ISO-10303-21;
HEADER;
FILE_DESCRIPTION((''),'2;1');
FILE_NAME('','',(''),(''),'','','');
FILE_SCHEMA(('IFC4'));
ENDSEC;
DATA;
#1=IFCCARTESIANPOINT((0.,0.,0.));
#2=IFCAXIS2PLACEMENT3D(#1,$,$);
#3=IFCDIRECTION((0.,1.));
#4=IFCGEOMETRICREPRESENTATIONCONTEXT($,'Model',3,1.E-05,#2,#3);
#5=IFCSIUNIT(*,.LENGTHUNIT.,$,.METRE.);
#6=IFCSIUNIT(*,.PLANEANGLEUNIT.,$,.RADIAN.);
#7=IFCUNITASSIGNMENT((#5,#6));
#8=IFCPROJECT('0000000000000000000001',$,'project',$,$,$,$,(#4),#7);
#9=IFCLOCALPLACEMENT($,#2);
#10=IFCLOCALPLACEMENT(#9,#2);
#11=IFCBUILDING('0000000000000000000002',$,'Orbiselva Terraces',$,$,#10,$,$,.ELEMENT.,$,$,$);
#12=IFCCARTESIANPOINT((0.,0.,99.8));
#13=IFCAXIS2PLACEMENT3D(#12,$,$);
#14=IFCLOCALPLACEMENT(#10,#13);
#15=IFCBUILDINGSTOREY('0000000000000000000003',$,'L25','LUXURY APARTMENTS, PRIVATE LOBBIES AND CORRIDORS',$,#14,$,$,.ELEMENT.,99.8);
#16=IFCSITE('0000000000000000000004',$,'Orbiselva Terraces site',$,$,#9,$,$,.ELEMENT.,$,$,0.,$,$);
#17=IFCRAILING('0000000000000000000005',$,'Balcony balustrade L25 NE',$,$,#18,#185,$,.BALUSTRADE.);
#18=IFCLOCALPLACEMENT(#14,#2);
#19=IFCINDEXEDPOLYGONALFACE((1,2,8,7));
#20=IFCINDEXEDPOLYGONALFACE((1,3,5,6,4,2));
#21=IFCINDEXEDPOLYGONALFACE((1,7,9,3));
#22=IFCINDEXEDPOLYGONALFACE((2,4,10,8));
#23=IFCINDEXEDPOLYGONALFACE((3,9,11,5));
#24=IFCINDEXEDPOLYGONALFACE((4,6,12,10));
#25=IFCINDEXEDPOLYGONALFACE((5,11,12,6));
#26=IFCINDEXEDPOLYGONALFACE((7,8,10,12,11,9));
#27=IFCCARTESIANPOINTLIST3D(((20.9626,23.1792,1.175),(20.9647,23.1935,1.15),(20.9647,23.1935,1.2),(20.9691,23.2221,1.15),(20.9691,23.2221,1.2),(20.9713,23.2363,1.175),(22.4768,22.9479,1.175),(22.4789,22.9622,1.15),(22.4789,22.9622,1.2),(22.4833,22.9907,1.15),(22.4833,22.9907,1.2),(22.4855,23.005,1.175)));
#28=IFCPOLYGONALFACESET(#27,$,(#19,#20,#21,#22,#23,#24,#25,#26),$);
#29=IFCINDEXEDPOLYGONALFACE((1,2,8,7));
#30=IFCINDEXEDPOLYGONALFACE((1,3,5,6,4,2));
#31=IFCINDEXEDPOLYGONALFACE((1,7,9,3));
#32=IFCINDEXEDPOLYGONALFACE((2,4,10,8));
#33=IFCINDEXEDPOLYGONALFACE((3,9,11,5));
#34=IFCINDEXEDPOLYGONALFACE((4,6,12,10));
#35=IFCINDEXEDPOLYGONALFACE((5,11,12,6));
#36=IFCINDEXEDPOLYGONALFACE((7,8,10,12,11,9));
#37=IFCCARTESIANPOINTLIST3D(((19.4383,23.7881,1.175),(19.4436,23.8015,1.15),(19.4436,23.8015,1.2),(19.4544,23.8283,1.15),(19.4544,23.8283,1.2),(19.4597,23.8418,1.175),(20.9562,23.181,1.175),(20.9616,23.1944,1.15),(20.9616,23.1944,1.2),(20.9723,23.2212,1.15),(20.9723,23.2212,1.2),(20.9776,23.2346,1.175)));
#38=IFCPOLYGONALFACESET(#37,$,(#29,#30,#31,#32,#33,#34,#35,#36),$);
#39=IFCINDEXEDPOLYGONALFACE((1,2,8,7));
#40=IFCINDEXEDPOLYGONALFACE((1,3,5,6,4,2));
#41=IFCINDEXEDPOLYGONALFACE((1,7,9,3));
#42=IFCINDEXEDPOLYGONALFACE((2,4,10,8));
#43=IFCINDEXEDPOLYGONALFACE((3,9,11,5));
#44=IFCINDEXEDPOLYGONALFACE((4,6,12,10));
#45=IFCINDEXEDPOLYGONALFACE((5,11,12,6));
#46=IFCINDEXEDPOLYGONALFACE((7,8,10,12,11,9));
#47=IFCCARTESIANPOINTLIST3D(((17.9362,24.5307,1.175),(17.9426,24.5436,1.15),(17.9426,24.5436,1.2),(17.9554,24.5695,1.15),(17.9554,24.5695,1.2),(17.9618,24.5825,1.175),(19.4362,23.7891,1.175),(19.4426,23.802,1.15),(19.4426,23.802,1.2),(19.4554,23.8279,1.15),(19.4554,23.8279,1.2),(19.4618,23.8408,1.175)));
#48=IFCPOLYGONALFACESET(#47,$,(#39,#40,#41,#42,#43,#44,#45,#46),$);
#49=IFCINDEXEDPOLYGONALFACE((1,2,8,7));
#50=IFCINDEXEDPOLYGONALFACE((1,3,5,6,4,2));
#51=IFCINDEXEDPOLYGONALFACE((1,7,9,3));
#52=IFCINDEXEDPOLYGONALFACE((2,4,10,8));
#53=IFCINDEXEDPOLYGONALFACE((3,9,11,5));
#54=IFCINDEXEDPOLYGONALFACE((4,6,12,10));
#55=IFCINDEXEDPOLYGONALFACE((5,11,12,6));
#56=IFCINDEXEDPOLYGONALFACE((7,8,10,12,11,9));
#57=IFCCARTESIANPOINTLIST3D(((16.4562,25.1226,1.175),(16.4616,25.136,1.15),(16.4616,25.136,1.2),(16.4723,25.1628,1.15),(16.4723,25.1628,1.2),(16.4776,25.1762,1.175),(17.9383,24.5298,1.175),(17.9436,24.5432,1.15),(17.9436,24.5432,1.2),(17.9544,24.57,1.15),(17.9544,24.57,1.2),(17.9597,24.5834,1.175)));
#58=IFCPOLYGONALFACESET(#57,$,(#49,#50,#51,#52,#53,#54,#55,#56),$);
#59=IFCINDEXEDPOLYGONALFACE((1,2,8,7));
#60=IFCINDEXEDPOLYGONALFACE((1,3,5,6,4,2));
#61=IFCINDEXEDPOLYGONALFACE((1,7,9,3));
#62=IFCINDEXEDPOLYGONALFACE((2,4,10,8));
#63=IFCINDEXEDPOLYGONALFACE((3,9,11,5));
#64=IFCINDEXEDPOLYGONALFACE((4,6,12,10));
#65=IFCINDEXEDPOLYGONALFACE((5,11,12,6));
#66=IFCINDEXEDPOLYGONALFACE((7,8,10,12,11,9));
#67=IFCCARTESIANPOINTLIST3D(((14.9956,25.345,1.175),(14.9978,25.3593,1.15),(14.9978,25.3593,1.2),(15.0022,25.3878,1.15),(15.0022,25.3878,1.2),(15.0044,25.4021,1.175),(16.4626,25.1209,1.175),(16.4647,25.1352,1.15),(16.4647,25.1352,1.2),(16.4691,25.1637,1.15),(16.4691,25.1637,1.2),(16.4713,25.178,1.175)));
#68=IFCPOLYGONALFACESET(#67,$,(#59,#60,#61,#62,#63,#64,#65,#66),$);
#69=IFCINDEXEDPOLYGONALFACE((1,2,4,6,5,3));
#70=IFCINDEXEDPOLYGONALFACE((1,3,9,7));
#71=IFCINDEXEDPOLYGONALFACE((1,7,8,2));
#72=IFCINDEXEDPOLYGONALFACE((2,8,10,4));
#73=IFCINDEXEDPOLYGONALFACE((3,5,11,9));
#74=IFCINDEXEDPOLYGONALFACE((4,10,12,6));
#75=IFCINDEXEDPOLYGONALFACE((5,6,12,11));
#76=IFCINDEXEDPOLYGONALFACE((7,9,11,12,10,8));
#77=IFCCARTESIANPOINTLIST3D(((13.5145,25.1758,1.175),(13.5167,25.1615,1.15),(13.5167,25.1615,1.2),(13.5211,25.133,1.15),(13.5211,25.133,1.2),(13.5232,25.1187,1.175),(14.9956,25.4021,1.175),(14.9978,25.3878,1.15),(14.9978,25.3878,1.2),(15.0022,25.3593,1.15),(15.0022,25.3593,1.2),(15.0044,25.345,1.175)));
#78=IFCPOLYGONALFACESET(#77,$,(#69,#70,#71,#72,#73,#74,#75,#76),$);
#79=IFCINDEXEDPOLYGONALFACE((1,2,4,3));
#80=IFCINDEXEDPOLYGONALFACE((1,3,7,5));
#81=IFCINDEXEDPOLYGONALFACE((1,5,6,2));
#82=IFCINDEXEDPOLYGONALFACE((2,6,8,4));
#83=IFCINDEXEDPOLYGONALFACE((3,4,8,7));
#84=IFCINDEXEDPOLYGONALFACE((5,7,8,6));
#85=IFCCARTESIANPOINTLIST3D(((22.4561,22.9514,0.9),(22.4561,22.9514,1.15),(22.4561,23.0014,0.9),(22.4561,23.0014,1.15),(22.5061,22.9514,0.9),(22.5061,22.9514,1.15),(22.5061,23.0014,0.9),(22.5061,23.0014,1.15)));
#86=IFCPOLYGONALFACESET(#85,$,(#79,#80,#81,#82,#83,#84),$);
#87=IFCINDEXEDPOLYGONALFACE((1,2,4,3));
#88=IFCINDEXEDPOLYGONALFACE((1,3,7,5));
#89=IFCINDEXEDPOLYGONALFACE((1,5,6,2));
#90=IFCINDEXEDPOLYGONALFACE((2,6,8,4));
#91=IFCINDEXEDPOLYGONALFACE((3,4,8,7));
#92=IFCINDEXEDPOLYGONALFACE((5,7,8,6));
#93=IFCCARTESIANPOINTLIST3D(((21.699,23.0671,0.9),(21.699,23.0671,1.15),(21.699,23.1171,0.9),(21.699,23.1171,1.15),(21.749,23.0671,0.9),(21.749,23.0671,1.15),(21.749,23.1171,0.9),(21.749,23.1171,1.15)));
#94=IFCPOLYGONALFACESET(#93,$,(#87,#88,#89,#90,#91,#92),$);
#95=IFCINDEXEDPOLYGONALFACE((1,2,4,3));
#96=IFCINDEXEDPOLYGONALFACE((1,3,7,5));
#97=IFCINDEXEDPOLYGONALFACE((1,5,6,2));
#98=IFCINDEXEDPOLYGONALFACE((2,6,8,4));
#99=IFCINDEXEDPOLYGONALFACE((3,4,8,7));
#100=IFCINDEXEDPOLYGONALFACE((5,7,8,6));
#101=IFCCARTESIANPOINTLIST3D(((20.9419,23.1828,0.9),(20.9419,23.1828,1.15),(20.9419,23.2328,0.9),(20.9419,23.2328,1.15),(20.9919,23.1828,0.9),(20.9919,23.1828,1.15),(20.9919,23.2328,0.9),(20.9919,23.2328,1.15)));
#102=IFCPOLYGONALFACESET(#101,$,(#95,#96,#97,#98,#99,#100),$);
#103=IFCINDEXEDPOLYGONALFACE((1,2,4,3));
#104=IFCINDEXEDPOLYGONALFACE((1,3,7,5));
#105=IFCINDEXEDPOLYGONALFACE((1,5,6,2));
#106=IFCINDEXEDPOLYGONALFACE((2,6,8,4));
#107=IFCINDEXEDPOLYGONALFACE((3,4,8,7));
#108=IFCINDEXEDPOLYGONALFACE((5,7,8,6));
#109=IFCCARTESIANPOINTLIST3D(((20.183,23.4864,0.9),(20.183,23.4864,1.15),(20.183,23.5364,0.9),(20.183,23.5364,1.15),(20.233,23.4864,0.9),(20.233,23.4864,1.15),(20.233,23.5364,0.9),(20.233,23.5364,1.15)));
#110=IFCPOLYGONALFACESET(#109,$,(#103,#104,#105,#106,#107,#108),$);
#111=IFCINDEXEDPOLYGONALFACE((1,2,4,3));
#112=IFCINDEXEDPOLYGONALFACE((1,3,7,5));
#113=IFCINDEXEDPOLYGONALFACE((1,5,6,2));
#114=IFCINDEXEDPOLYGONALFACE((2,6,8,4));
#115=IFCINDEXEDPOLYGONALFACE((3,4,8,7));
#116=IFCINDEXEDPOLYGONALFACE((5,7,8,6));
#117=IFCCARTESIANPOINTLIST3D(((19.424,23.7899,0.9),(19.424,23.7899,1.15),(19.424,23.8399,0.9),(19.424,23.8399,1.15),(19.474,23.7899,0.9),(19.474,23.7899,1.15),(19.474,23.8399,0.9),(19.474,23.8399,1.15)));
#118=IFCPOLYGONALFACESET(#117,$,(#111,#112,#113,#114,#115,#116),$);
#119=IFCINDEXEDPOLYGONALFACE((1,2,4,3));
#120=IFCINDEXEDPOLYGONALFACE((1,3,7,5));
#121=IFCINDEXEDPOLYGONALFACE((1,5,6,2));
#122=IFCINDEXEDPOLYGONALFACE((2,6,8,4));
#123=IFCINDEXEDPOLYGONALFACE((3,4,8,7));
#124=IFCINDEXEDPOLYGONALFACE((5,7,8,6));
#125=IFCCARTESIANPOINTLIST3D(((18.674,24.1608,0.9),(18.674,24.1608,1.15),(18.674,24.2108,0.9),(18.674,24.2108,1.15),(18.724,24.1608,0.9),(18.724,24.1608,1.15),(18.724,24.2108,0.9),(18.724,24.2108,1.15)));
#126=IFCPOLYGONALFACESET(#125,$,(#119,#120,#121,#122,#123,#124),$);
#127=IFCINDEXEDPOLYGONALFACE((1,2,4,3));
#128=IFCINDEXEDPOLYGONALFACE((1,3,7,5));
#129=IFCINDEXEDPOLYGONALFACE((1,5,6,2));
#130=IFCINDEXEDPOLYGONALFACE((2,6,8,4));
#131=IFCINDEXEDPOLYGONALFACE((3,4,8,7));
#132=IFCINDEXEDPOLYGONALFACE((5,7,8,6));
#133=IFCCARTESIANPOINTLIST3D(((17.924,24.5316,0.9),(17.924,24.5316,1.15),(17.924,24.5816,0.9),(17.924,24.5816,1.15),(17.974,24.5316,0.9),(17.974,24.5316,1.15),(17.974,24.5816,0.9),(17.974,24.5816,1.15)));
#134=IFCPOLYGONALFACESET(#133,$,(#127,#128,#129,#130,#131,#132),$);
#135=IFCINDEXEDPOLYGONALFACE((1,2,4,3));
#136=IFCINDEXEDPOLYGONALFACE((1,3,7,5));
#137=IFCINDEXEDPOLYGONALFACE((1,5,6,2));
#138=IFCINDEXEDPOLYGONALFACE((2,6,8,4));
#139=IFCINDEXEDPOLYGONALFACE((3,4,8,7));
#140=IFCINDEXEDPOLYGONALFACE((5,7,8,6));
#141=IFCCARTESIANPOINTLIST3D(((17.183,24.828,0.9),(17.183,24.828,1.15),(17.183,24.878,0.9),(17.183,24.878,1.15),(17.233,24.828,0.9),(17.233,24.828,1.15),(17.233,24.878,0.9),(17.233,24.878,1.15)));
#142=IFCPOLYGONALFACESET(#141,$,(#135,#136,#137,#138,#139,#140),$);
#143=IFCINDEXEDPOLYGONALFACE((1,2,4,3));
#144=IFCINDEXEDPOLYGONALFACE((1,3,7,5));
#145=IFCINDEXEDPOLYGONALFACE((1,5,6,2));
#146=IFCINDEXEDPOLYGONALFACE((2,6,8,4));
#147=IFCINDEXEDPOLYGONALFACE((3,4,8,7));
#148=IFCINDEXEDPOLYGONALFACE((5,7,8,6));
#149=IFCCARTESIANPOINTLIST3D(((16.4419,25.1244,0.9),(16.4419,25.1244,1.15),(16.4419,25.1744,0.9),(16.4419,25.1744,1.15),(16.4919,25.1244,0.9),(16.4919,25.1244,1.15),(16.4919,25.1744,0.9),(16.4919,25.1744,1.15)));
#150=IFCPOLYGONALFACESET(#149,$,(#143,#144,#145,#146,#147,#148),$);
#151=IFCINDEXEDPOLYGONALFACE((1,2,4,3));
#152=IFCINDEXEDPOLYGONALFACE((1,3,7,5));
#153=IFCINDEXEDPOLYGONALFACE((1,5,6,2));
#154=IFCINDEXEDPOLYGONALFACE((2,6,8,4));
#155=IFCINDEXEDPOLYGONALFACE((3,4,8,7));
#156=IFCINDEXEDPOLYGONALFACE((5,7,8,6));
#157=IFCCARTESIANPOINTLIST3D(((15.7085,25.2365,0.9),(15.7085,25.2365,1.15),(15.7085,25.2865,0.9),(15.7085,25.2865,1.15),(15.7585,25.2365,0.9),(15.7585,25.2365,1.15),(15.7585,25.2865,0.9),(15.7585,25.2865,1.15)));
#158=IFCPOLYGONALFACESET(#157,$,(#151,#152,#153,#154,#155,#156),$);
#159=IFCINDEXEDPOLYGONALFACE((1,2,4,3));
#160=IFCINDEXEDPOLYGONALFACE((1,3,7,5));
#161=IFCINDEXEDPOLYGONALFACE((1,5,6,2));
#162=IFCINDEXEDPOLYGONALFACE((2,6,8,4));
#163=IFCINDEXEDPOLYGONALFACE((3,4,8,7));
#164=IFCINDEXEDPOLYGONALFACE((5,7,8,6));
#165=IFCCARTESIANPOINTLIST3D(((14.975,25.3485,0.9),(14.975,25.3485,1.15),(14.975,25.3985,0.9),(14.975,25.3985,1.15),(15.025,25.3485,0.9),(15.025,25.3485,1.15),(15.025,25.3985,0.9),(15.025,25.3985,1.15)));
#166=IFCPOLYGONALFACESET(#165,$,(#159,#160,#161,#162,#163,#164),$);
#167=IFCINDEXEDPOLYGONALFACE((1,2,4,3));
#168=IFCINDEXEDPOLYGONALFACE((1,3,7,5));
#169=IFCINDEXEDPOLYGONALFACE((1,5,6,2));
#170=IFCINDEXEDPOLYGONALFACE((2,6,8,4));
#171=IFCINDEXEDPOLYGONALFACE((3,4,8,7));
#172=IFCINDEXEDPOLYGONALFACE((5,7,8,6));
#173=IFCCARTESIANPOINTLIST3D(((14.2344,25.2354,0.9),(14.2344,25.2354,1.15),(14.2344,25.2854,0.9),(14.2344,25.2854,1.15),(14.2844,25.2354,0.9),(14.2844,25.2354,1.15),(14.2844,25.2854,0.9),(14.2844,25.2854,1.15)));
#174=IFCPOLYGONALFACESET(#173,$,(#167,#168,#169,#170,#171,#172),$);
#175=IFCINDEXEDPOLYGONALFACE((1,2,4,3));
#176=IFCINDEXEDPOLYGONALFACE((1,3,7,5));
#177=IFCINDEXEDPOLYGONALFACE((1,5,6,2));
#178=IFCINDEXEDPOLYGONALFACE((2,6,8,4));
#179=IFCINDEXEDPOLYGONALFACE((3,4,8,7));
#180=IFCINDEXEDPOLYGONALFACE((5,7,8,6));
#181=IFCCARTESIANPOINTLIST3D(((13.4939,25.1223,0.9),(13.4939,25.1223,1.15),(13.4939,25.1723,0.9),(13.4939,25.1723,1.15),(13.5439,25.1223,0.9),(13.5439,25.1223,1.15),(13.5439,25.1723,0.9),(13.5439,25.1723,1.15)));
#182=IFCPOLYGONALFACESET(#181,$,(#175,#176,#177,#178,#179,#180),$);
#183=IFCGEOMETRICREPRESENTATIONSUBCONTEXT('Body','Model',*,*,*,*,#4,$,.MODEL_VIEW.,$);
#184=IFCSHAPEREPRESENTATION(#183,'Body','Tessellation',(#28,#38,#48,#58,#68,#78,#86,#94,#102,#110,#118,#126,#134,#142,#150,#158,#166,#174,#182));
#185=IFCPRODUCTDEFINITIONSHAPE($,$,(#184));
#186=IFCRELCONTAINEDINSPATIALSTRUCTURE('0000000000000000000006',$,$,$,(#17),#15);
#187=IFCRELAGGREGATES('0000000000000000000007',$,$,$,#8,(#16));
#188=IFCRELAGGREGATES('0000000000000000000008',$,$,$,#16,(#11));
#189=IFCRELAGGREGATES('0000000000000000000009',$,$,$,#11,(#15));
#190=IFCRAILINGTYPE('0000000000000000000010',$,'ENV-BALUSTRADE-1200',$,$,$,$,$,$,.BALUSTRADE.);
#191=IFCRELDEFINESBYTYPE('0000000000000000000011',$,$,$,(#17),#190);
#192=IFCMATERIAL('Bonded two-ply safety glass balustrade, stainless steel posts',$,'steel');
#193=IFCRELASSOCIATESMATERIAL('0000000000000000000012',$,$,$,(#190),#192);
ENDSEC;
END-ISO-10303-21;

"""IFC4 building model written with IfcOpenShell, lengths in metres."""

from ifc_helpers import new_model, si_unit, direction, frame, origin, origin_2d, place, context, subcontext, project, spatial, polyline, rectangle, outline, extrude, material, type_object, element, save


model = new_model("IFC4")

# Units and contexts
model_context = context("Model", 3, precision=1e-05, world=origin(), true_north=direction((0.0, 1.0)))
body_context = subcontext(model_context, "Body", "Model", "MODEL_VIEW")
ifc_project = project(units=[si_unit("LENGTHUNIT", "METRE"), si_unit("PLANEANGLEUNIT", "RADIAN")], contexts=[model_context])

# Site, building, storey
site_placement = place(None, origin())
site = spatial("IfcSite", under=ifc_project, at=site_placement, Name="Orbiselva Terraces site", CompositionType="ELEMENT", RefElevation=0.0)
building_placement = place(site_placement, origin())
building = spatial("IfcBuilding", under=site, at=building_placement, Name="Orbiselva Terraces", CompositionType="ELEMENT")
storey_placement = place(building_placement, frame((0.0, 0.0, 99.8)))
storey = spatial("IfcBuildingStorey", under=building, at=storey_placement, Name="L25", Description="LUXURY APARTMENTS, PRIVATE LOBBIES AND CORRIDORS", CompositionType="ELEMENT", Elevation=99.8)

# Railing
ifc_material_1 = material(Name="Bonded two-ply safety glass balustrade, stainless steel posts", Category="steel")
railing_type_1 = type_object("IfcRailingType", Name="ENV-BALUSTRADE-1200", PredefinedType="BALUSTRADE", material=ifc_material_1)
railing_1_placement = place(storey_placement, frame((22.4811, 22.9764, 0.9)))
element("IfcRailing", 1, at=railing_1_placement, inside=storey, type_object=railing_type_1, Name="Balcony balustrade L25 NE", PredefinedType="BALUSTRADE", context=body_context, shape_type="SweptSolid", body=[
    extrude(outline(polyline([(0.0289, 0.0), (0.0144, 0.025), (-0.0144, 0.025), (-0.0289, 0.0), (-0.0144, -0.025), (0.0144, -0.025), (0.0289, 0.0)])), frame((0.0, 0.0, 0.275), z_axis=(-0.988529, 0.151034, 0.0), x_axis=(-0.151034, -0.988529, 0.0)), (0.0, 0.0, 1.0), 1.5318),
    extrude(outline(polyline([(0.0289, 0.0), (0.0144, 0.025), (-0.0144, 0.025), (-0.0289, 0.0), (-0.0144, -0.025), (0.0144, -0.025), (0.0289, 0.0)])), frame((-1.5142, 0.2314, 0.275), z_axis=(-0.928477, 0.37139, 0.0), x_axis=(-0.37139, -0.928477, 0.0)), (0.0, 0.0, 1.0), 1.6348),
    extrude(outline(polyline([(0.0289, 0.0), (0.0144, 0.025), (-0.0144, 0.025), (-0.0289, 0.0), (-0.0144, -0.025), (0.0144, -0.025), (0.0289, 0.0)])), frame((-3.0321, 0.8385, 0.275), z_axis=(-0.896417, 0.443212, 0.0), x_axis=(-0.443212, -0.896417, 0.0)), (0.0, 0.0, 1.0), 1.6733),
    extrude(outline(polyline([(0.0289, 0.0), (0.0144, 0.025), (-0.0144, 0.025), (-0.0289, 0.0), (-0.0144, -0.025), (0.0144, -0.025), (0.0289, 0.0)])), frame((-4.5321, 1.5802, 0.275), z_axis=(-0.928477, 0.371391, 0.0), x_axis=(-0.371391, -0.928477, 0.0)), (0.0, 0.0, 1.0), 1.5963),
    extrude(outline(polyline([(0.0289, 0.0), (0.0144, 0.025), (-0.0144, 0.025), (-0.0289, 0.0), (-0.0144, -0.025), (0.0144, -0.025), (0.0289, 0.0)])), frame((-6.0142, 2.173, 0.275), z_axis=(-0.988529, 0.151034, 0.0), x_axis=(-0.151034, -0.988529, 0.0)), (0.0, 0.0, 1.0), 1.4839),
    extrude(outline(polyline([(0.0289, 0.0), (0.0144, 0.025), (-0.0144, 0.025), (-0.0289, 0.0), (-0.0144, -0.025), (0.0144, -0.025), (0.0289, 0.0)])), frame((-7.4811, 2.3971, 0.275), z_axis=(-0.988529, -0.151034, 0.0), x_axis=(0.151034, -0.988529, 0.0)), (0.0, 0.0, 1.0), 1.4983),
    extrude(rectangle(XDim=0.05, YDim=0.05, at=origin_2d()), origin(), (0.0, 0.0, 1.0), 0.25),
    extrude(rectangle(XDim=0.05, YDim=0.05, at=origin_2d()), frame((-0.7571, 0.1157, 0.0)), (0.0, 0.0, 1.0), 0.25),
    extrude(rectangle(XDim=0.05, YDim=0.05, at=origin_2d()), frame((-1.5142, 0.2314, 0.0)), (0.0, 0.0, 1.0), 0.25),
    extrude(rectangle(XDim=0.05, YDim=0.05, at=origin_2d()), frame((-2.2732, 0.5349, 0.0)), (0.0, 0.0, 1.0), 0.25),
    extrude(rectangle(XDim=0.05, YDim=0.05, at=origin_2d()), frame((-3.0321, 0.8385, 0.0)), (0.0, 0.0, 1.0), 0.25),
    extrude(rectangle(XDim=0.05, YDim=0.05, at=origin_2d()), frame((-3.7821, 1.2093, 0.0)), (0.0, 0.0, 1.0), 0.25),
    extrude(rectangle(XDim=0.05, YDim=0.05, at=origin_2d()), frame((-4.5321, 1.5802, 0.0)), (0.0, 0.0, 1.0), 0.25),
    extrude(rectangle(XDim=0.05, YDim=0.05, at=origin_2d()), frame((-5.2732, 1.8766, 0.0)), (0.0, 0.0, 1.0), 0.25),
    extrude(rectangle(XDim=0.05, YDim=0.05, at=origin_2d()), frame((-6.0142, 2.173, 0.0)), (0.0, 0.0, 1.0), 0.25),
    extrude(rectangle(XDim=0.05, YDim=0.05, at=origin_2d()), frame((-6.7477, 2.2851, 0.0)), (0.0, 0.0, 1.0), 0.25),
    extrude(rectangle(XDim=0.05, YDim=0.05, at=origin_2d()), frame((-7.4811, 2.3971, 0.0)), (0.0, 0.0, 1.0), 0.25),
    extrude(rectangle(XDim=0.05, YDim=0.05, at=origin_2d()), frame((-8.2217, 2.284, 0.0)), (0.0, 0.0, 1.0), 0.25),
    extrude(rectangle(XDim=0.05, YDim=0.05, at=origin_2d()), frame((-8.9622, 2.1708, 0.0)), (0.0, 0.0, 1.0), 0.25),
])

save(model, "model.ifc")
